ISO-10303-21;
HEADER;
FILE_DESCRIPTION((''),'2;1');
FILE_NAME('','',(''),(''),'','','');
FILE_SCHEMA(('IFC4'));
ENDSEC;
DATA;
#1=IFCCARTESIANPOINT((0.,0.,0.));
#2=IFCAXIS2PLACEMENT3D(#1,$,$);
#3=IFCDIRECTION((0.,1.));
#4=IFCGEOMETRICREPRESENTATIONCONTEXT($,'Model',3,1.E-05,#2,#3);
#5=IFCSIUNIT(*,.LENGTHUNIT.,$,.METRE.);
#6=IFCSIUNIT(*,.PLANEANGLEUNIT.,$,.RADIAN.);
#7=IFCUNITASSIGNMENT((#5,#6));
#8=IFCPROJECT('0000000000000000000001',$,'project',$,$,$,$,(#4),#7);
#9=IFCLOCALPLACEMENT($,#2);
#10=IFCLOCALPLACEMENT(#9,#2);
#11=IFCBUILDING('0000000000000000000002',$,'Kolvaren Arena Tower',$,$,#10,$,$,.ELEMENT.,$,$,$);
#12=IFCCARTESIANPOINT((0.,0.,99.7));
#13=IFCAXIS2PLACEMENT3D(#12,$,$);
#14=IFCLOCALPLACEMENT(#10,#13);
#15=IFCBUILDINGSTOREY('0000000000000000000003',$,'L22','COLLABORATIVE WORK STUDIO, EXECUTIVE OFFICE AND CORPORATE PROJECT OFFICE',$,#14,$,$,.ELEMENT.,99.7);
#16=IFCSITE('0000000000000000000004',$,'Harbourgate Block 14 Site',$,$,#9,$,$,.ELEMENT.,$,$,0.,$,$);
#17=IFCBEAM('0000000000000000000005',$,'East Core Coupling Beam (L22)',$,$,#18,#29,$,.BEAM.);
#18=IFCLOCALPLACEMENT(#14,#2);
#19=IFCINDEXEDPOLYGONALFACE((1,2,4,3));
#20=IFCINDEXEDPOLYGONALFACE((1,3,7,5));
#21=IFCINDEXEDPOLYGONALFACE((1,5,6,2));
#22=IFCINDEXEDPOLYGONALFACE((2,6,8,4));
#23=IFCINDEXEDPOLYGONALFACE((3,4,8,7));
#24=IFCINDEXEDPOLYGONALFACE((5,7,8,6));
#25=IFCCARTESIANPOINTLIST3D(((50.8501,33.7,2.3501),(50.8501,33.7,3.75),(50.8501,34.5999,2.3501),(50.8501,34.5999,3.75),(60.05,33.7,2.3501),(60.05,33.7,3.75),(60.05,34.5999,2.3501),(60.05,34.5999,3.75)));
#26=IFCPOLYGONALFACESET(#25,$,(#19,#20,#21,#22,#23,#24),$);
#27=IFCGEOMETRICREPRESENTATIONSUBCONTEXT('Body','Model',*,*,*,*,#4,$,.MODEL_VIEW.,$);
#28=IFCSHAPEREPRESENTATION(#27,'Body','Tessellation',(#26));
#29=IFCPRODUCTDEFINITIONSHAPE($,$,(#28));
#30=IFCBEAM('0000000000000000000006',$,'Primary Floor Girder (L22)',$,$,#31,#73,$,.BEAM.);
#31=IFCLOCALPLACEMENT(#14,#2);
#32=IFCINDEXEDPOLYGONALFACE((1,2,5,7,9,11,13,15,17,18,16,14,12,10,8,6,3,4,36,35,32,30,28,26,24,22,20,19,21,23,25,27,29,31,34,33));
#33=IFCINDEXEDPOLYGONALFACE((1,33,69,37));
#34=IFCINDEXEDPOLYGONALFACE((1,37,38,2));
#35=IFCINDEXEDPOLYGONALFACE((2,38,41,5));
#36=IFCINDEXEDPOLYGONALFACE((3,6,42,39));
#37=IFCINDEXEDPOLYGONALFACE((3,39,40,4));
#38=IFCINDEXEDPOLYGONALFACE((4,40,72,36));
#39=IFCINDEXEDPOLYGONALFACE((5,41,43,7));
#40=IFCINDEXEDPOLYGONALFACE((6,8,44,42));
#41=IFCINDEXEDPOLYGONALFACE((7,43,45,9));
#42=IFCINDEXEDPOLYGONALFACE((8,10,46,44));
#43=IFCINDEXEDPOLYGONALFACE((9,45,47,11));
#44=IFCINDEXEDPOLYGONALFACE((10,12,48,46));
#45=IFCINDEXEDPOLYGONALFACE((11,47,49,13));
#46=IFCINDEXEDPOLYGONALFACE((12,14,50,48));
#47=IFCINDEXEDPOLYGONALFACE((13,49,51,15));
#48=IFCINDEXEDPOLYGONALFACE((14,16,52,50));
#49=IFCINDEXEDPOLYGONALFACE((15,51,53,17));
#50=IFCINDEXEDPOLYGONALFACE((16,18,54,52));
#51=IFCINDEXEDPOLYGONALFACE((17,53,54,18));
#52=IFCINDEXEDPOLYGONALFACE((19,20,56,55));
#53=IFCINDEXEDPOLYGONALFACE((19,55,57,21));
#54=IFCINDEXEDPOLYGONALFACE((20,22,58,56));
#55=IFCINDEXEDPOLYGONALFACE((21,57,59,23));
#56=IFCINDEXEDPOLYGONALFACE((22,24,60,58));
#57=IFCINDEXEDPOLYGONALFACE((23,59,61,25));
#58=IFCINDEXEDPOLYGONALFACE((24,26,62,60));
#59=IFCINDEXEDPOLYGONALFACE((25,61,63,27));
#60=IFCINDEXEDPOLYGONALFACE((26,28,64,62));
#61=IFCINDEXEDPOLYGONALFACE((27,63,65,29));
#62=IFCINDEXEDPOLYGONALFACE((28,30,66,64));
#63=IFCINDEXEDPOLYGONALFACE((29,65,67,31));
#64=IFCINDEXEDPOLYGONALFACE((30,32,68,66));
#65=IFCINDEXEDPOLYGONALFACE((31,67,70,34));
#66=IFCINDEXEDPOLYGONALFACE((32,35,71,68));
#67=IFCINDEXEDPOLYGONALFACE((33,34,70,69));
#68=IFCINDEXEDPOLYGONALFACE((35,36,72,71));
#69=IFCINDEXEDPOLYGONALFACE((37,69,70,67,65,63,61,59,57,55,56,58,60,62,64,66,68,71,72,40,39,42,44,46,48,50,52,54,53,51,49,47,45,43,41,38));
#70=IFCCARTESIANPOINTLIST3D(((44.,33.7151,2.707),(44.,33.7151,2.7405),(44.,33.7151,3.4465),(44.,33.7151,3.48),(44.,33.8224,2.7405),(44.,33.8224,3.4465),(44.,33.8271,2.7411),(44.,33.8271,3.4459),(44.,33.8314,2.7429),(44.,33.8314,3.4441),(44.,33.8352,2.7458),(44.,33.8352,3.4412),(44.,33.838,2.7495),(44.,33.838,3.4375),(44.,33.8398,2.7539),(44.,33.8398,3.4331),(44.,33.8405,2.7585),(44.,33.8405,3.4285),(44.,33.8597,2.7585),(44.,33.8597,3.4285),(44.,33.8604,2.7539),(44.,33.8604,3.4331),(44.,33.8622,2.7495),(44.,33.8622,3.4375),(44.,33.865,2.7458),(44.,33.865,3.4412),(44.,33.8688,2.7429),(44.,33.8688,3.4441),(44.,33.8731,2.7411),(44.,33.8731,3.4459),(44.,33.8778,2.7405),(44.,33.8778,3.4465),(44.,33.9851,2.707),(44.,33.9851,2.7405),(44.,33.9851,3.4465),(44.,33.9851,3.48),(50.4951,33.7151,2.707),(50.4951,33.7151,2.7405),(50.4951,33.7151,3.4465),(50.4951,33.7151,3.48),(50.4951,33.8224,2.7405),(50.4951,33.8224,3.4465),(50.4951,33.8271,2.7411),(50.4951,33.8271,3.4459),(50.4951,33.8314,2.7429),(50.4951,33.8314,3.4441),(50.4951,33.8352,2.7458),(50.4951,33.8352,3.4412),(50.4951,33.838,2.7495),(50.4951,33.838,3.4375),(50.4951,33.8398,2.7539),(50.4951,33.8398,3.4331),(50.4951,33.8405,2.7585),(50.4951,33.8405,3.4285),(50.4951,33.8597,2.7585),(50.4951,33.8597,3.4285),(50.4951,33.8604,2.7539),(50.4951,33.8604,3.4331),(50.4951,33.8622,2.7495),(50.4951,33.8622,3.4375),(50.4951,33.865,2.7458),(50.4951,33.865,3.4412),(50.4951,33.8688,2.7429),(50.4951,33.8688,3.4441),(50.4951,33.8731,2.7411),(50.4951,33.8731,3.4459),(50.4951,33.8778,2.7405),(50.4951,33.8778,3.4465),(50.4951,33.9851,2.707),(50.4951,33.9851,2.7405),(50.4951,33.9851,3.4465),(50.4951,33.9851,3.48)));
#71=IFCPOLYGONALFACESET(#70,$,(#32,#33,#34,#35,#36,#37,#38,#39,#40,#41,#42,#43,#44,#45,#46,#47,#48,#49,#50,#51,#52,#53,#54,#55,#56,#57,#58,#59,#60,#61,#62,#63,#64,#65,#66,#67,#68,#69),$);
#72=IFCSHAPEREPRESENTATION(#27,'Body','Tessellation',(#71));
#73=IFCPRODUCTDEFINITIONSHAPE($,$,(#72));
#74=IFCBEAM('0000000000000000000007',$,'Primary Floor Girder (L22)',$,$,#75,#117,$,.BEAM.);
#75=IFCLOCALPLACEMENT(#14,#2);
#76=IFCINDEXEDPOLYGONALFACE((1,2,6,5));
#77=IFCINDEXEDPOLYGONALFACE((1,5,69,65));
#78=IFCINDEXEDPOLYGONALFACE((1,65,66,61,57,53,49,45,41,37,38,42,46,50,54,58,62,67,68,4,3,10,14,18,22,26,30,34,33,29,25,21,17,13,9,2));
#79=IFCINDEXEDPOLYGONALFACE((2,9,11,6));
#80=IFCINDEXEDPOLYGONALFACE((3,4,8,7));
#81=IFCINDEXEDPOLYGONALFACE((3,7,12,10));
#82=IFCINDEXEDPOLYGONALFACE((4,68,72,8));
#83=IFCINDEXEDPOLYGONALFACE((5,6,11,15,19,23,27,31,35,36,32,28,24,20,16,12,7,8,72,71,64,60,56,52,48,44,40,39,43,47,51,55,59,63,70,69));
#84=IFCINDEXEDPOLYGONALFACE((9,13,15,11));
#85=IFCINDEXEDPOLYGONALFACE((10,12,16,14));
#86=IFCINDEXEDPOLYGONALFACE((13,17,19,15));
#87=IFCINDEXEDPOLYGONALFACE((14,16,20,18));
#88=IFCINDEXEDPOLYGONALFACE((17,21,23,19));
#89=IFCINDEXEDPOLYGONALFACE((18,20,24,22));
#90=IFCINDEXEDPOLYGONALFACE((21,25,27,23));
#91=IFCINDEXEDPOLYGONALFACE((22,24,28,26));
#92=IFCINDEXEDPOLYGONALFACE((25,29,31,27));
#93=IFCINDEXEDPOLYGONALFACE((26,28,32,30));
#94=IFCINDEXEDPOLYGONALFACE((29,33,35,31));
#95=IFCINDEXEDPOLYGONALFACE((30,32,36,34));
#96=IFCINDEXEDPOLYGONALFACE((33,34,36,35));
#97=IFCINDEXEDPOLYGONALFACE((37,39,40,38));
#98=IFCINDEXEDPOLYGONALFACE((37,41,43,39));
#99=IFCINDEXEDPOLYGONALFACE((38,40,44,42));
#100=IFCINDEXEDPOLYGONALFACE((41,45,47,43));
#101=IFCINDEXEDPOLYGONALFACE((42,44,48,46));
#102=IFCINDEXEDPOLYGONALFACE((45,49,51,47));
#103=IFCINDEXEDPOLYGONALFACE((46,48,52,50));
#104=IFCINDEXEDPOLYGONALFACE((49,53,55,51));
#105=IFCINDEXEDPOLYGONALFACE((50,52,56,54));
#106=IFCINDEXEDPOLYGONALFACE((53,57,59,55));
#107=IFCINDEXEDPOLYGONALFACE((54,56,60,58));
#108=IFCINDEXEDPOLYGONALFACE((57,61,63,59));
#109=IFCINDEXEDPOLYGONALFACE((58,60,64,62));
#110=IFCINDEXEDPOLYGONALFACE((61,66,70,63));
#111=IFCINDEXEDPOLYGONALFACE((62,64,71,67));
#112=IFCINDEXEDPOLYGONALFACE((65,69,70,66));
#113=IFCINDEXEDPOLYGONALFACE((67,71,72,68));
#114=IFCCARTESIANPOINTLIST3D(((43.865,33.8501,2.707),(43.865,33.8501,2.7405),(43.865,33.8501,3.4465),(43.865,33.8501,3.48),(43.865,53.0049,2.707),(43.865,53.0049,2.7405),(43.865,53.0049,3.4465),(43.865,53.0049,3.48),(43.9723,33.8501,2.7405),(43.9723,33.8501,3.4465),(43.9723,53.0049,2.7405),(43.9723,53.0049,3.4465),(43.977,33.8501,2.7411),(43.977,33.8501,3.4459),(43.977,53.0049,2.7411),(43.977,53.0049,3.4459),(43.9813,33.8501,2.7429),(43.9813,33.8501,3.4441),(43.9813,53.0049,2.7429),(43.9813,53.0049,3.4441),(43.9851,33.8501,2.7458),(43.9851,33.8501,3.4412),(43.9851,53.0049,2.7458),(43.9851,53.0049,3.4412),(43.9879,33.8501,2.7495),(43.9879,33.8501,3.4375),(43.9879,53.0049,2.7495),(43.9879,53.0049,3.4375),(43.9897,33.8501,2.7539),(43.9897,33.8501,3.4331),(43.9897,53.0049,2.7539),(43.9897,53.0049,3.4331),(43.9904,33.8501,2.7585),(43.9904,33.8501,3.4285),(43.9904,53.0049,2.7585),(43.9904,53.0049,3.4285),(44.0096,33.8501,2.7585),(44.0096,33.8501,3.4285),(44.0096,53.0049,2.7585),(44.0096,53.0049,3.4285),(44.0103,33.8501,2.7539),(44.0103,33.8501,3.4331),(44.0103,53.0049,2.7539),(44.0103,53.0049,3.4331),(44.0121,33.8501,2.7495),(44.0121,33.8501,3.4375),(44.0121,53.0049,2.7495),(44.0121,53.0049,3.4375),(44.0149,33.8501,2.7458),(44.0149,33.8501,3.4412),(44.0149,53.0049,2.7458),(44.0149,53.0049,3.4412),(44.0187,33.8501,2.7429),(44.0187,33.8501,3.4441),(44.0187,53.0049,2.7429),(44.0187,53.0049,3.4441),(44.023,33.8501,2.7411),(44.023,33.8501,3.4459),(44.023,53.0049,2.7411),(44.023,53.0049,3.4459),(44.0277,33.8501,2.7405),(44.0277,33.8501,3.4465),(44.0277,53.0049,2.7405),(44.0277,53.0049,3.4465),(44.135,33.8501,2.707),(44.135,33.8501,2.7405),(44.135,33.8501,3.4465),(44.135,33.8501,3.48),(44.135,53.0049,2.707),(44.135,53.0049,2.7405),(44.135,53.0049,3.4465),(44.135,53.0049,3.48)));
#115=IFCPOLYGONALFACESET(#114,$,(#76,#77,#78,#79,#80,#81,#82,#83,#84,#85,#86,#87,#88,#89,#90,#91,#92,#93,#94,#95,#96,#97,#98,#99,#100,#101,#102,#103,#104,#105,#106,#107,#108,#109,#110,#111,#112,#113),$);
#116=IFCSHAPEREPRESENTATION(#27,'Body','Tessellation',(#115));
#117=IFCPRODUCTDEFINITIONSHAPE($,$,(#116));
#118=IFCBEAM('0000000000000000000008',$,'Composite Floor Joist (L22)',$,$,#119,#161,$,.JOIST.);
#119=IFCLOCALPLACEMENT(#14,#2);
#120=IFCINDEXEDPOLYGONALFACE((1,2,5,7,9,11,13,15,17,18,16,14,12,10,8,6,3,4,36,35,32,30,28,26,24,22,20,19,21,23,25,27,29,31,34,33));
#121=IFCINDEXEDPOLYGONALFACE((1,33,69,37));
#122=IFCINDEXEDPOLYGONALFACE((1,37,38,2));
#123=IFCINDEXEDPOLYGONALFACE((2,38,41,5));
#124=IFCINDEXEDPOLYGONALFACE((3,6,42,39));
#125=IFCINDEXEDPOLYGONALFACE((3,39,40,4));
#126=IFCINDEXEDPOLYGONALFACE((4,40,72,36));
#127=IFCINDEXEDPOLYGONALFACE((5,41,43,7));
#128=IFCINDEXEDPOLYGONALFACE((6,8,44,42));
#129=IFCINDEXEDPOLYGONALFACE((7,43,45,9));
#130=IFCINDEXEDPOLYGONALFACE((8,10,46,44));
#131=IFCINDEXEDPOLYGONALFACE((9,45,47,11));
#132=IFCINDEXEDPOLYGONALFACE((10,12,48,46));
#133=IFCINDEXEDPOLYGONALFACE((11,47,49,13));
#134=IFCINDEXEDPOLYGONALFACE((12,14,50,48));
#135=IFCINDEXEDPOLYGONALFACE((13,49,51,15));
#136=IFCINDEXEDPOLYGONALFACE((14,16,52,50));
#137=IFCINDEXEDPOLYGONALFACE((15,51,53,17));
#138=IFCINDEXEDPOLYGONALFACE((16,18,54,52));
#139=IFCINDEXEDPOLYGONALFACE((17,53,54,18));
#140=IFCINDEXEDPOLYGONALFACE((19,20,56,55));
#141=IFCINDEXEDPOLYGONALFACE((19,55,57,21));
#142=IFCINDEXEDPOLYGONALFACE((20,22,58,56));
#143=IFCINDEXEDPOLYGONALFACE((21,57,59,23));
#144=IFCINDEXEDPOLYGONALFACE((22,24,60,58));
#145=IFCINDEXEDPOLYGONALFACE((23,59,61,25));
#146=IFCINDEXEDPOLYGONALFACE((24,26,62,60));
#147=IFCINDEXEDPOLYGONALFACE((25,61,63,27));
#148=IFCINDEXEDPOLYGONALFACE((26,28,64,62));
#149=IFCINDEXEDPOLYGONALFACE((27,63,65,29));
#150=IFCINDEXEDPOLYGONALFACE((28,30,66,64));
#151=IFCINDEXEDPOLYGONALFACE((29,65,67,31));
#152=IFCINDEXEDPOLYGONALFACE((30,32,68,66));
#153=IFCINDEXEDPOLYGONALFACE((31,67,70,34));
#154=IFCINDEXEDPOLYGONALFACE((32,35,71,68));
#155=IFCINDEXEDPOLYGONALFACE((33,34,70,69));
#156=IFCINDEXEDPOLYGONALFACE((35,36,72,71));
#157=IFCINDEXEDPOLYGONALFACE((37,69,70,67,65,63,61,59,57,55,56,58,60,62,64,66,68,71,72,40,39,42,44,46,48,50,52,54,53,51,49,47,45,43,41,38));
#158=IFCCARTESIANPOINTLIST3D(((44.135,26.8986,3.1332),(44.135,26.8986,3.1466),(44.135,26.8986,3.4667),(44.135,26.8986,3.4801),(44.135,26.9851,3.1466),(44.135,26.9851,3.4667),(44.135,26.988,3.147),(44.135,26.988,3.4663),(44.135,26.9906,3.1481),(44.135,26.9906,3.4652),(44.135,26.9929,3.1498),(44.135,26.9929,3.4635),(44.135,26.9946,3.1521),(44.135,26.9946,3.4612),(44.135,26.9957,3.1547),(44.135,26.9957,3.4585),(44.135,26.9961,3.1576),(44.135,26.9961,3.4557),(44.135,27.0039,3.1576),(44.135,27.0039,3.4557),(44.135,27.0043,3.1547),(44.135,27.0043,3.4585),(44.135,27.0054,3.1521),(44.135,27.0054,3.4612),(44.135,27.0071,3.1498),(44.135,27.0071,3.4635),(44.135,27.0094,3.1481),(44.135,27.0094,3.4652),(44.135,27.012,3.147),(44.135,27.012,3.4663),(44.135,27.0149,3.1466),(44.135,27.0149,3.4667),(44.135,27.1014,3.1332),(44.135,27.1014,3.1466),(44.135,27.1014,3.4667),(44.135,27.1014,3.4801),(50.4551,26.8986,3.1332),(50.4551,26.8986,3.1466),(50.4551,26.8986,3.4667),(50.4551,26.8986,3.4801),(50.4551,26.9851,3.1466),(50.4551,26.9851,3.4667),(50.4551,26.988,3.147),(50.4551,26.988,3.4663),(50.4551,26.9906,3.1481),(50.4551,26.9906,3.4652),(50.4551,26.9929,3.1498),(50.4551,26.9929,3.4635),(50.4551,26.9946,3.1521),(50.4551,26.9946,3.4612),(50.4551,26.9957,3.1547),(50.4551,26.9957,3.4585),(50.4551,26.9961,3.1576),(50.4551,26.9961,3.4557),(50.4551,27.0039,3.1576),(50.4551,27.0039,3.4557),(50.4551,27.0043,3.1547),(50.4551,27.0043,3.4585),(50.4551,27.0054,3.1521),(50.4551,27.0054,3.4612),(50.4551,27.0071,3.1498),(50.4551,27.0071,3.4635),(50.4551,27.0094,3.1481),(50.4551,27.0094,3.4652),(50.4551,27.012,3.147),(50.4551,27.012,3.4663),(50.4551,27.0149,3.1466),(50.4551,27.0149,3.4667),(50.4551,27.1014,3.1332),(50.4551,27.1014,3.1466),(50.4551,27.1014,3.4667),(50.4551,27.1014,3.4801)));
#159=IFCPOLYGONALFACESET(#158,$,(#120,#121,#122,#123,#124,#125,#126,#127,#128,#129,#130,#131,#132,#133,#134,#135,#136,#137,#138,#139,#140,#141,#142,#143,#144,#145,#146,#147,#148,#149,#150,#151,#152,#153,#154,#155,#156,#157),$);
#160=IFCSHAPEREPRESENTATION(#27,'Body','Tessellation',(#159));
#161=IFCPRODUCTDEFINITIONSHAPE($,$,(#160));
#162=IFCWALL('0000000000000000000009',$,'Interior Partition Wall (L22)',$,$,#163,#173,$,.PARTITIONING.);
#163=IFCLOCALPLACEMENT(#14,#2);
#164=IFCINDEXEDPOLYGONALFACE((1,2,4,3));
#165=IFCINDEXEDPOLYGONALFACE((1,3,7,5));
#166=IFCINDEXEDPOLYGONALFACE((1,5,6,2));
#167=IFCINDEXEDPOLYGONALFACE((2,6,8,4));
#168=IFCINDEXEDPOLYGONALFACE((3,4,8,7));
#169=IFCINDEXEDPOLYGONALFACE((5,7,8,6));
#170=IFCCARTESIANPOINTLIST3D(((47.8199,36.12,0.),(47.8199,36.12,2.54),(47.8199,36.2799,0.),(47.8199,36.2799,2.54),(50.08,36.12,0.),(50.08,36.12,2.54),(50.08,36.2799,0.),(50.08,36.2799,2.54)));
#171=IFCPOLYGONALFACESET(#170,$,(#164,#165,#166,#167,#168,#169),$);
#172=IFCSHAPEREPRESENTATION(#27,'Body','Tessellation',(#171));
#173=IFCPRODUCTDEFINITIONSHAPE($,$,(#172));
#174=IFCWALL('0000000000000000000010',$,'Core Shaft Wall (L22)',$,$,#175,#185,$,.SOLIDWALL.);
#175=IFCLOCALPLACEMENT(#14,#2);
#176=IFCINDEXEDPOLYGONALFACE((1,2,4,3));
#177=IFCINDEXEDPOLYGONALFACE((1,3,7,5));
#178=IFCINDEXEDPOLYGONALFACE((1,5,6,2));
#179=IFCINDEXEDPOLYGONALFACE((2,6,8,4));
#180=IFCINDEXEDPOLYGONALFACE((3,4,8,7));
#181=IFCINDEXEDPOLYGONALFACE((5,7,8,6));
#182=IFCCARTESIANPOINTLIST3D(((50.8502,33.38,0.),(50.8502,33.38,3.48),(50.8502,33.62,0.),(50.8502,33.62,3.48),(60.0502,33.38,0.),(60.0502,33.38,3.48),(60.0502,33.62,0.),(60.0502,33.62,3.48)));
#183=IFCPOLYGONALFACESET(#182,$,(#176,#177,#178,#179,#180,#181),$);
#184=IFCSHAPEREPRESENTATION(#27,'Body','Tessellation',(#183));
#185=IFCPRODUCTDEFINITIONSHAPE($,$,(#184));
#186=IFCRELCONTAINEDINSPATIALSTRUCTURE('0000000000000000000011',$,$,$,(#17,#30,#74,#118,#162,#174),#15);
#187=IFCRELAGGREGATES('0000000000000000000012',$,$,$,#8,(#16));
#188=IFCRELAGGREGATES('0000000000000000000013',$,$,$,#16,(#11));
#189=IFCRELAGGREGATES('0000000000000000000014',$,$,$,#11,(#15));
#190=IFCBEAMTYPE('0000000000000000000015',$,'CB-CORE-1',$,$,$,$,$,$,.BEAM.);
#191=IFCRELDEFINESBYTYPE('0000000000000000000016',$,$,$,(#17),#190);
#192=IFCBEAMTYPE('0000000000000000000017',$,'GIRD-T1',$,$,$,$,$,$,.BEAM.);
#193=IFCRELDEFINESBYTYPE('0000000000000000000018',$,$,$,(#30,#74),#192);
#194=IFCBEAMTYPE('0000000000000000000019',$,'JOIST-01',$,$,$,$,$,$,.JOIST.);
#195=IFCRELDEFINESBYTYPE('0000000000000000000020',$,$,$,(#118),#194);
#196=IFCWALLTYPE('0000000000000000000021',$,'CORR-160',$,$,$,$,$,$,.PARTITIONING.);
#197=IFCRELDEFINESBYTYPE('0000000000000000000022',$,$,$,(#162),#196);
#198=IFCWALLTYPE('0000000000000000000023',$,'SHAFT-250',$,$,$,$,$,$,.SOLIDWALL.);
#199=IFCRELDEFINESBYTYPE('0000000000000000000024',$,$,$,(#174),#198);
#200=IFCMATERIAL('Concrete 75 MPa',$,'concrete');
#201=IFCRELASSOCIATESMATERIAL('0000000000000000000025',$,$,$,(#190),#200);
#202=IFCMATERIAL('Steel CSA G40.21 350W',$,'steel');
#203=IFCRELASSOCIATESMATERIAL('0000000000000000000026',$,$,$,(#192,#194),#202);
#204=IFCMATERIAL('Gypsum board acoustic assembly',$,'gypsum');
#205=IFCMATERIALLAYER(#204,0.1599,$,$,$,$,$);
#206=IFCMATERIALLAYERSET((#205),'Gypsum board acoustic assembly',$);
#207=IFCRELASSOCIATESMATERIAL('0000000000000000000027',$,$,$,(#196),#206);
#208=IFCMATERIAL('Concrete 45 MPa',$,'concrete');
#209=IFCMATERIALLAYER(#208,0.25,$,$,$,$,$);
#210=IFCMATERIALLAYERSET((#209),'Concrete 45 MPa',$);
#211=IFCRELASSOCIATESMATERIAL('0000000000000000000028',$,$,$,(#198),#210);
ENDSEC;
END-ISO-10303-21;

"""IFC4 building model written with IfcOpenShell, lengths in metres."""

from ifc_helpers import new_model, si_unit, direction, frame, frame_2d, origin, origin_2d, place, context, subcontext, project, spatial, rectangle, i_section, extrude, material, layer, layer_set, material_profile, profile_set, type_object, element, save


model = new_model("IFC4")

# Units and contexts
model_context = context("Model", 3, precision=1e-05, world=origin(), true_north=direction((0.0, 1.0)))
body_context = subcontext(model_context, "Body", "Model", "MODEL_VIEW")
ifc_project = project(units=[si_unit("LENGTHUNIT", "METRE"), si_unit("PLANEANGLEUNIT", "RADIAN")], contexts=[model_context])

# Site, building, storey
site_placement = place(None, origin())
site = spatial("IfcSite", under=ifc_project, at=site_placement, Name="Harbourgate Block 14 Site", CompositionType="ELEMENT", RefElevation=0.0)
building_placement = place(site_placement, origin())
building = spatial("IfcBuilding", under=site, at=building_placement, Name="Kolvaren Arena Tower", CompositionType="ELEMENT")
storey_placement = place(building_placement, frame((0.0, 0.0, 99.7)))
storey = spatial("IfcBuildingStorey", under=building, at=storey_placement, Name="L22", Description="COLLABORATIVE WORK STUDIO, EXECUTIVE OFFICE AND CORPORATE PROJECT OFFICE", CompositionType="ELEMENT", Elevation=99.7)

# Beams
ifc_material_1 = material(Name="Steel CSA G40.21 350W", Category="steel")
ifc_material_2 = material(Name="Concrete 75 MPa", Category="concrete")
ifc_material_profile_1 = material_profile(ifc_material_2, rectangle(XDim=0.8999, YDim=1.3999, at=origin_2d()), Name="RC-900x1400")
ifc_profile_set_1 = profile_set([ifc_material_profile_1], Name="Concrete 75 MPa")
beam_type_1 = type_object("IfcBeamType", Name="CB-CORE-1", PredefinedType="BEAM", material=ifc_profile_set_1)
beam_1_placement = place(storey_placement, frame((50.8501, 34.1499, 3.05), z_axis=(1.0, 0.0, 0.0), x_axis=(0.0, 1.0, 0.0)))
element("IfcBeam", 1, at=beam_1_placement, inside=storey, type_object=beam_type_1, Name="East Core Coupling Beam (L22)", PredefinedType="BEAM", context=body_context, shape_type="SweptSolid", body=[
    extrude(rectangle(XDim=0.8999, YDim=1.3999, at=origin_2d()), origin(), (0.0, 0.0, 1.0), 9.2),
])
ifc_material_profile_2 = material_profile(ifc_material_1, i_section(OverallWidth=0.27, OverallDepth=0.7729, WebThickness=0.0193, FlangeThickness=0.0334, FilletRadius=0.0181, at=origin_2d()), Name="W760x257")
ifc_profile_set_2 = profile_set([ifc_material_profile_2], Name="Steel CSA G40.21 350W")
beam_type_2 = type_object("IfcBeamType", Name="GIRD-T1", PredefinedType="BEAM", material=ifc_profile_set_2)
beam_2_placement = place(storey_placement, frame((44.0, 33.8501, 3.0935), z_axis=(1.0, 0.0, 0.0), x_axis=(0.0, 1.0, 0.0)))
element("IfcBeam", 2, at=beam_2_placement, inside=storey, type_object=beam_type_2, Name="Primary Floor Girder (L22)", PredefinedType="BEAM", context=body_context, shape_type="SweptSolid", body=[
    extrude(i_section(OverallWidth=0.27, OverallDepth=0.7729, WebThickness=0.0193, FlangeThickness=0.0334, FilletRadius=0.0181, at=origin_2d()), origin(), (0.0, 0.0, 1.0), 6.4951),
])
beam_3_placement = place(storey_placement, frame((44.0, 33.8501, 3.0935), z_axis=(0.0, 1.0, 0.0), x_axis=(-1.0, 0.0, 0.0)))
element("IfcBeam", 3, at=beam_3_placement, inside=storey, type_object=beam_type_2, Name="Primary Floor Girder (L22)", PredefinedType="BEAM", context=body_context, shape_type="SweptSolid", body=[
    extrude(i_section(OverallWidth=0.27, OverallDepth=0.7729, WebThickness=0.0193, FlangeThickness=0.0334, FilletRadius=0.0181, at=origin_2d()), origin(), (0.0, 0.0, 1.0), 19.1548),
])
ifc_material_profile_3 = material_profile(ifc_material_1, i_section(OverallWidth=0.2029, OverallDepth=0.3469, WebThickness=0.0078, FlangeThickness=0.0134, FilletRadius=0.011, at=origin_2d()), Name="W360x64")
ifc_profile_set_3 = profile_set([ifc_material_profile_3], Name="Steel CSA G40.21 350W")
beam_type_3 = type_object("IfcBeamType", Name="JOIST-01", PredefinedType="JOIST", material=ifc_profile_set_3)
beam_4_placement = place(storey_placement, frame((44.135, 27.0, 3.3066), z_axis=(1.0, 0.0, 0.0), x_axis=(0.0, 1.0, 0.0)))
element("IfcBeam", 4, at=beam_4_placement, inside=storey, type_object=beam_type_3, Name="Composite Floor Joist (L22)", PredefinedType="JOIST", context=body_context, shape_type="SweptSolid", body=[
    extrude(i_section(OverallWidth=0.2029, OverallDepth=0.3469, WebThickness=0.0078, FlangeThickness=0.0134, FilletRadius=0.011, at=origin_2d()), origin(), (0.0, 0.0, 1.0), 6.3201),
])

# Walls
ifc_material_3 = material(Name="Gypsum board acoustic assembly", Category="gypsum")
ifc_layer_1 = layer(ifc_material_3, 0.1599)
ifc_layer_set_1 = layer_set([ifc_layer_1], Name="Gypsum board acoustic assembly")
wall_type_1 = type_object("IfcWallType", Name="CORR-160", PredefinedType="PARTITIONING", material=ifc_layer_set_1)
wall_1_placement = place(storey_placement, frame((47.8201, 36.2, 0.0), z_axis=(0.0, 0.0, 1.0), x_axis=(1.0, 0.0, 0.0)))
element("IfcWall", 5, at=wall_1_placement, inside=storey, type_object=wall_type_1, Name="Interior Partition Wall (L22)", PredefinedType="PARTITIONING", context=body_context, shape_type="SweptSolid", body=[
    extrude(rectangle(XDim=2.26, YDim=0.1599, at=frame_2d((1.1299, 0.0))), origin(), (0.0, 0.0, 1.0), 2.54),
])
ifc_material_4 = material(Name="Concrete 45 MPa", Category="concrete")
ifc_layer_2 = layer(ifc_material_4, 0.25)
ifc_layer_set_2 = layer_set([ifc_layer_2], Name="Concrete 45 MPa")
wall_type_2 = type_object("IfcWallType", Name="SHAFT-250", PredefinedType="SOLIDWALL", material=ifc_layer_set_2)
wall_2_placement = place(storey_placement, frame((50.8501, 33.5, 0.0), z_axis=(0.0, 0.0, 1.0), x_axis=(1.0, 0.0, 0.0)))
element("IfcWall", 6, at=wall_2_placement, inside=storey, type_object=wall_type_2, Name="Core Shaft Wall (L22)", PredefinedType="SOLIDWALL", context=body_context, shape_type="SweptSolid", body=[
    extrude(rectangle(XDim=9.2, YDim=0.24, at=frame_2d((4.6001, 0.0))), origin(), (0.0, 0.0, 1.0), 3.48),
])

save(model, "model.ifc")
